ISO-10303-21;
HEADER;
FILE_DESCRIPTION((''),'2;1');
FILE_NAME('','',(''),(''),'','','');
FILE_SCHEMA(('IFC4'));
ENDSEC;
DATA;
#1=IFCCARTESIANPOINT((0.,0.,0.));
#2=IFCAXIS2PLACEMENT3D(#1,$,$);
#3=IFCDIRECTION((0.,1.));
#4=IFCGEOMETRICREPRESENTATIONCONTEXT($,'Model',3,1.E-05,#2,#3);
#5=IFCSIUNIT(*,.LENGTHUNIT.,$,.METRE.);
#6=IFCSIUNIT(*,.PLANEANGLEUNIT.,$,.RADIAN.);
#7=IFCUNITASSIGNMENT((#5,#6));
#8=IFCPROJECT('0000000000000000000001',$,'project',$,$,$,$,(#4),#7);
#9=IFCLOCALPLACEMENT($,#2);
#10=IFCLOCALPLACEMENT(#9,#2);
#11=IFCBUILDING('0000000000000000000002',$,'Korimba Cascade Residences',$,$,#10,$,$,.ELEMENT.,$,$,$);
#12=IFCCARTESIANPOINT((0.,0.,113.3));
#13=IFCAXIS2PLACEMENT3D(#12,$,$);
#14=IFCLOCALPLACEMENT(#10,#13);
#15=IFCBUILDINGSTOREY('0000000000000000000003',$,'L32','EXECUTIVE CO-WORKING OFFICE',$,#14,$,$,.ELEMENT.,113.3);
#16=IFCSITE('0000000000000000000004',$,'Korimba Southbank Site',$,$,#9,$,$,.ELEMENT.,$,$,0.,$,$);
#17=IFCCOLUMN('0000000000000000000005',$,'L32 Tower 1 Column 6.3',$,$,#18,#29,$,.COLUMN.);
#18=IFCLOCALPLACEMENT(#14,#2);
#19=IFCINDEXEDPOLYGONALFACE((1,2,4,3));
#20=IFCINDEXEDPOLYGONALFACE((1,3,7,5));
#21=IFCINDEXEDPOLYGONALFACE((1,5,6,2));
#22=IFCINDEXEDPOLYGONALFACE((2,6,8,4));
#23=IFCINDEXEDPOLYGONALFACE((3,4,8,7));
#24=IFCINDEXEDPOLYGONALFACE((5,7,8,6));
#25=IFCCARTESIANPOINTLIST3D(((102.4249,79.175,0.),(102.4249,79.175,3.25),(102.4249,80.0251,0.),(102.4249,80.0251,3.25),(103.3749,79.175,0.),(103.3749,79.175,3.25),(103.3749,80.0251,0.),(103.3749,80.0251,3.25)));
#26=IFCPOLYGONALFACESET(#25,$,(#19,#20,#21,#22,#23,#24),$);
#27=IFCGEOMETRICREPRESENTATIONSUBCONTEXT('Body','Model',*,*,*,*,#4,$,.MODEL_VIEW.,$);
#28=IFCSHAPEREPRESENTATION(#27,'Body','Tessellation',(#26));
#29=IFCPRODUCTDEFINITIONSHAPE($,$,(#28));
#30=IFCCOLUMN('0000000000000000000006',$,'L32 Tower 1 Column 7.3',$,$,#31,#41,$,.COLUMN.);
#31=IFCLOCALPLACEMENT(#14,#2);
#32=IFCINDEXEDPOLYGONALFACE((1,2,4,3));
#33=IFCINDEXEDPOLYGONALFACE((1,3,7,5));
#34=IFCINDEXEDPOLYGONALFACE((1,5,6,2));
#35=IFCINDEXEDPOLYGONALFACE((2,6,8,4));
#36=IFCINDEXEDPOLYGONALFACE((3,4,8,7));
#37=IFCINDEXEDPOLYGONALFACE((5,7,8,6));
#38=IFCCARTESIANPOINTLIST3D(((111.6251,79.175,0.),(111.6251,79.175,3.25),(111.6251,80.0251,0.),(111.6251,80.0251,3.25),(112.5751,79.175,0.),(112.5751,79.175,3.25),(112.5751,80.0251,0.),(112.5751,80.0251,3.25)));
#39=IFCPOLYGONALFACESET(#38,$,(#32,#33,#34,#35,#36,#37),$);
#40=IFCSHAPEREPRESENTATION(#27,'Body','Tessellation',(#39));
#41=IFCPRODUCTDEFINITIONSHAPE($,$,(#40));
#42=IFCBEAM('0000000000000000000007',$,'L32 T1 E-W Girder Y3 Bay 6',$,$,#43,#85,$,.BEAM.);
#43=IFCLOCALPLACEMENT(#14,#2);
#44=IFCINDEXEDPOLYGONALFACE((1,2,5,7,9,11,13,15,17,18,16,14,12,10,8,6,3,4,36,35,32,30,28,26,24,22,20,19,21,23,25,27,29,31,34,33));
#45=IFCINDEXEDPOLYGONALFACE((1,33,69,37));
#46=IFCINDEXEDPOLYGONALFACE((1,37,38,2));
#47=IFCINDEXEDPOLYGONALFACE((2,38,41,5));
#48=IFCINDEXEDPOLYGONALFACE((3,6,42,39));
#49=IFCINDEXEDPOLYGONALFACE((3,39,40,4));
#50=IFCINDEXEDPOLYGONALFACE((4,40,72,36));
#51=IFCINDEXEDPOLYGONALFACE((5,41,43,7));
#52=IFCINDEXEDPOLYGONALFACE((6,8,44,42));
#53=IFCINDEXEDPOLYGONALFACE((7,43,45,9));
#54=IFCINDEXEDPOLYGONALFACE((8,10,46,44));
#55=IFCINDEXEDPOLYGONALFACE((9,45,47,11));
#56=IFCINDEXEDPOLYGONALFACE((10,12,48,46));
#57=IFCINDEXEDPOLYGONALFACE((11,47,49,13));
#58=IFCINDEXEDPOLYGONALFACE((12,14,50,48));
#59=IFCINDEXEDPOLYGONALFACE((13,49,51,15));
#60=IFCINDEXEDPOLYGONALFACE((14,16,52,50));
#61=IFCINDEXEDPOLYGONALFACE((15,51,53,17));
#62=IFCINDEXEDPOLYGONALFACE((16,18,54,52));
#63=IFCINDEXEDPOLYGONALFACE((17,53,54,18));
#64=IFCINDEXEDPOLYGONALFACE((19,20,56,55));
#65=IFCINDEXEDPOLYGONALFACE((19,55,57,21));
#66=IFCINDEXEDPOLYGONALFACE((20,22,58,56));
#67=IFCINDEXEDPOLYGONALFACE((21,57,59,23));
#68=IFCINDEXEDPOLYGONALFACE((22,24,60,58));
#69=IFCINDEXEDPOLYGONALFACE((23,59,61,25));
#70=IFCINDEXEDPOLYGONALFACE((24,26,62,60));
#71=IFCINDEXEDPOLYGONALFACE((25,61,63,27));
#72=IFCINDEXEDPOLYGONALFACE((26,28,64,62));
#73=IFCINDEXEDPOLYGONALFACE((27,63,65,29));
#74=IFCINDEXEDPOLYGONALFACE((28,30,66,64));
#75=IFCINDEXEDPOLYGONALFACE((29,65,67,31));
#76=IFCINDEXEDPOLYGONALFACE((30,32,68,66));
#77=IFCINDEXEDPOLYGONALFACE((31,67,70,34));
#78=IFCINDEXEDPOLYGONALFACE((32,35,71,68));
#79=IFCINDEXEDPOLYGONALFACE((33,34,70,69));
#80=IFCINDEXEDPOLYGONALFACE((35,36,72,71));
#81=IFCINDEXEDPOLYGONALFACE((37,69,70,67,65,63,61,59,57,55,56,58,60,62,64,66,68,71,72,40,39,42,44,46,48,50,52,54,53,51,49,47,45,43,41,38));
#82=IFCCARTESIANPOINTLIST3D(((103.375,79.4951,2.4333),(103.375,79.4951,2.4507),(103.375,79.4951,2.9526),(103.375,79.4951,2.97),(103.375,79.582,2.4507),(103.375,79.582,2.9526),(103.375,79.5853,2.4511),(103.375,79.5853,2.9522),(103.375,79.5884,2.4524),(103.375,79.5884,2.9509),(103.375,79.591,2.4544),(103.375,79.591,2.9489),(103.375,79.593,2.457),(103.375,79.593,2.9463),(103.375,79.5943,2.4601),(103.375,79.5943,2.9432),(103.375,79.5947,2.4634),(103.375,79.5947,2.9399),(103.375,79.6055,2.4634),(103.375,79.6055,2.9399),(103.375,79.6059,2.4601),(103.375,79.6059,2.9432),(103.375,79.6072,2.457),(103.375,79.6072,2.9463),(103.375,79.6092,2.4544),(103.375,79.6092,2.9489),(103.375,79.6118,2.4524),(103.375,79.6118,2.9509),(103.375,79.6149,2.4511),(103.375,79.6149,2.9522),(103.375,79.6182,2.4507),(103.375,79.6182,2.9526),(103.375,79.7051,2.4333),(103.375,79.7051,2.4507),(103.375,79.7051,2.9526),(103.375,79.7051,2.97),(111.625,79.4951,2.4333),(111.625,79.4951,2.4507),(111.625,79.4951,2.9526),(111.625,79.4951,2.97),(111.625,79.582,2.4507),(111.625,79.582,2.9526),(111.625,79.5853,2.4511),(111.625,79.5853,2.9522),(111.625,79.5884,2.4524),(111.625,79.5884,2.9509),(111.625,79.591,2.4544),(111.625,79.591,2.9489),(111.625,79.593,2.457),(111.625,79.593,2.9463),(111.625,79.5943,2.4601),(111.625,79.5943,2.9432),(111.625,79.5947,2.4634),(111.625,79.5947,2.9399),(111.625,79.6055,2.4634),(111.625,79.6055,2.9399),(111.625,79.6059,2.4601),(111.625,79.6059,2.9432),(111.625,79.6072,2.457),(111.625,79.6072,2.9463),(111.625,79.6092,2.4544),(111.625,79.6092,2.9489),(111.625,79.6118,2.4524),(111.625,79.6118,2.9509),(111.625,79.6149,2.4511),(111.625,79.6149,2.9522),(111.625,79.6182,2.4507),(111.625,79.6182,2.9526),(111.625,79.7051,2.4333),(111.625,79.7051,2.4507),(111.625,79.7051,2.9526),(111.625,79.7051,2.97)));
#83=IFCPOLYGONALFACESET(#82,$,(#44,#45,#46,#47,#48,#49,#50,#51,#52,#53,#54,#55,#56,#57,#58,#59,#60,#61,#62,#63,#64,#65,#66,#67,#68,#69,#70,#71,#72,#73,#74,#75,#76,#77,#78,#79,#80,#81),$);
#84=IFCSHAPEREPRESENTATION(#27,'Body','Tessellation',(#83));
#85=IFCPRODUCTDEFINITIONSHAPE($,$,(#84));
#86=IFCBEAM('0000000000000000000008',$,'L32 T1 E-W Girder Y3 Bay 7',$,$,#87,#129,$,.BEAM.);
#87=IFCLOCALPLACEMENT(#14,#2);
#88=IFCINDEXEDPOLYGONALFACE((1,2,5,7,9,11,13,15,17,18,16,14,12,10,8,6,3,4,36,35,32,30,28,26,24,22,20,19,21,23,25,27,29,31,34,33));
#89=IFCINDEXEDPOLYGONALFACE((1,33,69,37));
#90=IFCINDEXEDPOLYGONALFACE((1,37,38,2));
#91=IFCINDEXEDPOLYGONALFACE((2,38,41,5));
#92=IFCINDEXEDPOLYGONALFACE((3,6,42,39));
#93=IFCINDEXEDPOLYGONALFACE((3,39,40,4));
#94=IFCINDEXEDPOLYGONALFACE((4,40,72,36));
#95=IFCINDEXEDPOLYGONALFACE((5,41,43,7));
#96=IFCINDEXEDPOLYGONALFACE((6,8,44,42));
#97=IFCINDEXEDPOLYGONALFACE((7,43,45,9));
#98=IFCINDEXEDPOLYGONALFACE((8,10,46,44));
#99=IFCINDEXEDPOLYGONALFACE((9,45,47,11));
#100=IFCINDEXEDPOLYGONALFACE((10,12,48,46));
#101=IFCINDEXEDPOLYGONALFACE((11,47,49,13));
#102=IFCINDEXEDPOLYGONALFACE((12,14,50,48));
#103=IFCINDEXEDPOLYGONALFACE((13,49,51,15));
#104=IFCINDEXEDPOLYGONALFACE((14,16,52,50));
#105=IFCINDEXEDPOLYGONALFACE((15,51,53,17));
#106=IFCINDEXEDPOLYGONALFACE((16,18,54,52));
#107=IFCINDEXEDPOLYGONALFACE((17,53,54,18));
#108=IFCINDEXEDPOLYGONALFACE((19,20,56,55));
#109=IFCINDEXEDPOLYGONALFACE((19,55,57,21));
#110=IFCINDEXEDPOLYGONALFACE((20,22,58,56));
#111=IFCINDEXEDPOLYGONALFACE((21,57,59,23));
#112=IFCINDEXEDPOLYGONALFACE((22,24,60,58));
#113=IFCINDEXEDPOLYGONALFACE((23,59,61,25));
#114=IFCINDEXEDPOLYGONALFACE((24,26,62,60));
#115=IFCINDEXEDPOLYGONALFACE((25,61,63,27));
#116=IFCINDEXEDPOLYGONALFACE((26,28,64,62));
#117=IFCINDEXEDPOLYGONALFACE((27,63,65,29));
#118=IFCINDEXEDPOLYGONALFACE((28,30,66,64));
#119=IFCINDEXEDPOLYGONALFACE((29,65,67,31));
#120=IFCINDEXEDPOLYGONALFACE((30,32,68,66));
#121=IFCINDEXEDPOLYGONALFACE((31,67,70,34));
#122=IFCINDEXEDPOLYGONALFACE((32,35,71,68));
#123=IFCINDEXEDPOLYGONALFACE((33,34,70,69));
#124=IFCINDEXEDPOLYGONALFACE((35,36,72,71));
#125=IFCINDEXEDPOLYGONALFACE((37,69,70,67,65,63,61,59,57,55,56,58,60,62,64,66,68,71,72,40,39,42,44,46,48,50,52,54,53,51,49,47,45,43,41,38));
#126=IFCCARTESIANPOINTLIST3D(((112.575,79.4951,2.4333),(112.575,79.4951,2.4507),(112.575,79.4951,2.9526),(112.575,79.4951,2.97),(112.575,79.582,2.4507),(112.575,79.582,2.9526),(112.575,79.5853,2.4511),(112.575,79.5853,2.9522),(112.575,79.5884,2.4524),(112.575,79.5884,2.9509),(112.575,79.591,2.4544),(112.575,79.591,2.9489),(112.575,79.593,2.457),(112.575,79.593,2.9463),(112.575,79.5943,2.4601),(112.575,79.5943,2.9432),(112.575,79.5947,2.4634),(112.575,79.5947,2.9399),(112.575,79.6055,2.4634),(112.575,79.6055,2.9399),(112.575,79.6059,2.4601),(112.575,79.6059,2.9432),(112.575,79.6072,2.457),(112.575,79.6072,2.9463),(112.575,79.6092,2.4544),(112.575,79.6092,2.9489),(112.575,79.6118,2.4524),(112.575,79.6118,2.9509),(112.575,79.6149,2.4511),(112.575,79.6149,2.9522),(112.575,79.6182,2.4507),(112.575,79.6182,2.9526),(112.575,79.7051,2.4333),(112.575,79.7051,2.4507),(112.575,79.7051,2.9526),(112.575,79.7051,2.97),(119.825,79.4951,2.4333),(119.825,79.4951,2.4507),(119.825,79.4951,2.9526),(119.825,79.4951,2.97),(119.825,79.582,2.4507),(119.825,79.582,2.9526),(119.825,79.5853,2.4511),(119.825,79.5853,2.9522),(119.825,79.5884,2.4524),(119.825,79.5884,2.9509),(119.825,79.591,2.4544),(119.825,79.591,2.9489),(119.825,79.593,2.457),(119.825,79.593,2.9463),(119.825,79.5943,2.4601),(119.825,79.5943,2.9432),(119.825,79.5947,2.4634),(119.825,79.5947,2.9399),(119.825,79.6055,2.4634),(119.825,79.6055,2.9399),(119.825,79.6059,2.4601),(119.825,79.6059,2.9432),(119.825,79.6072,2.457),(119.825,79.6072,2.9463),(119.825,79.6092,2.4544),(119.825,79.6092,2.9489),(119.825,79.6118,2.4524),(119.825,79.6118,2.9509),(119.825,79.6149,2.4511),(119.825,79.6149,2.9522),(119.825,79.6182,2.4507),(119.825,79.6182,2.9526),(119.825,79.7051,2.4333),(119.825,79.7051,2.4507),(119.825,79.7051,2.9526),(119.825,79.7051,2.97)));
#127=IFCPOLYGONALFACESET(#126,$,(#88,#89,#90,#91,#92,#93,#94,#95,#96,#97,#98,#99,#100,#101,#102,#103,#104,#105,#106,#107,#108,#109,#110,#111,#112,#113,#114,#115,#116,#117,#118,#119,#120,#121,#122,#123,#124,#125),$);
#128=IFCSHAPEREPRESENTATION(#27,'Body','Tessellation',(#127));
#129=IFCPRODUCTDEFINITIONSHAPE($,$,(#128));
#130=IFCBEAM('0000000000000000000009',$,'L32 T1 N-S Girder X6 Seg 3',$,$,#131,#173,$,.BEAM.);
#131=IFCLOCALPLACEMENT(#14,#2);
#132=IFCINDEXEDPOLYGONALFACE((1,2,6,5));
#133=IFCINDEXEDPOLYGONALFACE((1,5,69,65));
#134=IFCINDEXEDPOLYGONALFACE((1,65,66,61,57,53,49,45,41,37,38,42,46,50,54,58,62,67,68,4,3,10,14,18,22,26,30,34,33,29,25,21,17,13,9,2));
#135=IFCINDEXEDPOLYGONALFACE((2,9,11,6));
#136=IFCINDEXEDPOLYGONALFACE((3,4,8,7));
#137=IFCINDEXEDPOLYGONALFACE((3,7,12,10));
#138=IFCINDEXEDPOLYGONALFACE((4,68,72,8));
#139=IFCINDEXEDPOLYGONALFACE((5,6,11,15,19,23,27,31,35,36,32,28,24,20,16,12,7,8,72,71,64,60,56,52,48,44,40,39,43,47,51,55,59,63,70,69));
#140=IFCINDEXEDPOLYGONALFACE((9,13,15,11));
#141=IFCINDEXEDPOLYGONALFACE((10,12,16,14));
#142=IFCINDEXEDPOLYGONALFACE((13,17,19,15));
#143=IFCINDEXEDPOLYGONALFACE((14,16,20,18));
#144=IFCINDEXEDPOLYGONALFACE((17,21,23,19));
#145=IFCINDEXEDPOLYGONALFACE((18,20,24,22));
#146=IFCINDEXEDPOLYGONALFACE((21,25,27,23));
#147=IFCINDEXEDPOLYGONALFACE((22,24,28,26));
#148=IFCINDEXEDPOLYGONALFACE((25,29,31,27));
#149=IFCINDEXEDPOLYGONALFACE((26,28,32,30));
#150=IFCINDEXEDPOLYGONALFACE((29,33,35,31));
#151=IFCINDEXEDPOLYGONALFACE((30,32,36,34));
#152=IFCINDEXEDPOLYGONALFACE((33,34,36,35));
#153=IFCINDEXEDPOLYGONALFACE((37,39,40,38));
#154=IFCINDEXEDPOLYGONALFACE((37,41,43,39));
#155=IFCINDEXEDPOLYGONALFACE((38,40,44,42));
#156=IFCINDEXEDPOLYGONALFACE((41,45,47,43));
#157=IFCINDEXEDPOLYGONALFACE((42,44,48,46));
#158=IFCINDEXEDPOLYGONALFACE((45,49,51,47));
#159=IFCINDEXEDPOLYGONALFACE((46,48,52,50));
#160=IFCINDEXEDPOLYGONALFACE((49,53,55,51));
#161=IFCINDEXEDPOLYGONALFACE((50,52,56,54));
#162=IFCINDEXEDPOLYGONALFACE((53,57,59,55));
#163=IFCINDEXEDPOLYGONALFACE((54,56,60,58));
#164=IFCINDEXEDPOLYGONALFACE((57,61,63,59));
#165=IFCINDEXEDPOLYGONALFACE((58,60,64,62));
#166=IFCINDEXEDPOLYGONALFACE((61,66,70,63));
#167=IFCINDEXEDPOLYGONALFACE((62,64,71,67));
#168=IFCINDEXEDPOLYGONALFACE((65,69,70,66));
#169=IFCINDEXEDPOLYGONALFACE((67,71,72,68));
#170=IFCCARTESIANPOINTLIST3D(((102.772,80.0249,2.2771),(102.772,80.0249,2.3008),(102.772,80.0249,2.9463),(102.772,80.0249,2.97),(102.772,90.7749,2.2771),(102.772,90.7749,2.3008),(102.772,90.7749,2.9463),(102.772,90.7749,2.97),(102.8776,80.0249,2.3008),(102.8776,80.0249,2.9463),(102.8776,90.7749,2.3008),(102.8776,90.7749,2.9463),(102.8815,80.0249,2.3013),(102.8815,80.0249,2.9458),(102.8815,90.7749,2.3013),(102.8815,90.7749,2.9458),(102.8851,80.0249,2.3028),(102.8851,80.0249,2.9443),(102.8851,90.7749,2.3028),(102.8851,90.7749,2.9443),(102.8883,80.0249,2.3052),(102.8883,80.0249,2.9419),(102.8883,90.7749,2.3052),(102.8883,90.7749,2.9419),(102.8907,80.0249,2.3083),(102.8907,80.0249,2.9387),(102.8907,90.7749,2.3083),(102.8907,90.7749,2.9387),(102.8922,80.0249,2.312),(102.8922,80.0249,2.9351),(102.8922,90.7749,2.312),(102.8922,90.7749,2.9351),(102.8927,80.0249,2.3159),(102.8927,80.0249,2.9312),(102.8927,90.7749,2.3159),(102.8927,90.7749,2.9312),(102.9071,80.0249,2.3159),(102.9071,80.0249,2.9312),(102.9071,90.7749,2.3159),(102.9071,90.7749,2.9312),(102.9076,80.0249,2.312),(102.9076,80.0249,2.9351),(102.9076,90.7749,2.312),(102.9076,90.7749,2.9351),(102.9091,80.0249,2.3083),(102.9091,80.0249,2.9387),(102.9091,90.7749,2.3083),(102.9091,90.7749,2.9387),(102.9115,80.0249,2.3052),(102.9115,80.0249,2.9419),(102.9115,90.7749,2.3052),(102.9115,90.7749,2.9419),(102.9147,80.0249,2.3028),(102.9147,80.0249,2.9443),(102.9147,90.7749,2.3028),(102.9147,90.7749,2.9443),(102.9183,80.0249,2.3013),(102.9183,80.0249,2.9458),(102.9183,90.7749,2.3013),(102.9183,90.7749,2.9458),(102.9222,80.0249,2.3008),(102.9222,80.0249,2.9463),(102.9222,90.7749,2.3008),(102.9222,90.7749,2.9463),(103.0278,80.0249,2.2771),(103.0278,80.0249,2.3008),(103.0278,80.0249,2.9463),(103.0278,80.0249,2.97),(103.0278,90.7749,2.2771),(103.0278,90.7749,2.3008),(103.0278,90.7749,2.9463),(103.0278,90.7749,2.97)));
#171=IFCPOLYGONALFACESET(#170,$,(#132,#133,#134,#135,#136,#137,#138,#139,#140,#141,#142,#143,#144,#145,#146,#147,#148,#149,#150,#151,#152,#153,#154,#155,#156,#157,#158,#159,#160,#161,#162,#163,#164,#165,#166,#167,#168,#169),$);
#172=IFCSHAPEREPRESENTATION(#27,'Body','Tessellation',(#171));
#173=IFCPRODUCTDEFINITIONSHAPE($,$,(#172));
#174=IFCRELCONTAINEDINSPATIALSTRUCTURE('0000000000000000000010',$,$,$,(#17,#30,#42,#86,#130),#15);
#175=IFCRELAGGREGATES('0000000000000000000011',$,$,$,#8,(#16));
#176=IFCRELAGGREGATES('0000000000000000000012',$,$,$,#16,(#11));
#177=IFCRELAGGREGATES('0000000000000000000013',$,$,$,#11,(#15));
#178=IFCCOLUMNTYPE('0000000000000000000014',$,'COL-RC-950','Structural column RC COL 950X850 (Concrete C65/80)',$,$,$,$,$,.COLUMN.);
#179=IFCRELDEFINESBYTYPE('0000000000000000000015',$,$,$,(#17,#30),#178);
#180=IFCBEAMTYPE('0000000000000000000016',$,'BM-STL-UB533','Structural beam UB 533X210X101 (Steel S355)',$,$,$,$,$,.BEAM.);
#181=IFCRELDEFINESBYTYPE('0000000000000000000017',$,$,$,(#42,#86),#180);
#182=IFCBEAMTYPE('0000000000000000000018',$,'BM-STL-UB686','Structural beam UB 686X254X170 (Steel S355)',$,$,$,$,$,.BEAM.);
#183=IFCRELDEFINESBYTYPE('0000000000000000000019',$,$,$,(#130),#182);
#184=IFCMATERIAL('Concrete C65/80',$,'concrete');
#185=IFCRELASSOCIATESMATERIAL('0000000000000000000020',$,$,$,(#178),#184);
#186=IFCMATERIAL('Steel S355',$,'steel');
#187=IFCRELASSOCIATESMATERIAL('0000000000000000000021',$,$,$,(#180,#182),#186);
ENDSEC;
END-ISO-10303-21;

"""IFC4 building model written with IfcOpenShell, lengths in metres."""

from ifc_helpers import new_model, si_unit, direction, frame, origin, origin_2d, place, context, subcontext, project, spatial, rectangle, i_section, extrude, material, material_profile, profile_set, type_object, element, save


model = new_model("IFC4")

# Units and contexts
model_context = context("Model", 3, precision=1e-05, world=origin(), true_north=direction((0.0, 1.0)))
body_context = subcontext(model_context, "Body", "Model", "MODEL_VIEW")
ifc_project = project(units=[si_unit("LENGTHUNIT", "METRE"), si_unit("PLANEANGLEUNIT", "RADIAN")], contexts=[model_context])

# Site, building, storey
site_placement = place(None, origin())
site = spatial("IfcSite", under=ifc_project, at=site_placement, Name="Korimba Southbank Site", CompositionType="ELEMENT", RefElevation=0.0)
building_placement = place(site_placement, origin())
building = spatial("IfcBuilding", under=site, at=building_placement, Name="Korimba Cascade Residences", CompositionType="ELEMENT")
storey_placement = place(building_placement, frame((0.0, 0.0, 113.3)))
storey = spatial("IfcBuildingStorey", under=building, at=storey_placement, Name="L32", Description="EXECUTIVE CO-WORKING OFFICE", CompositionType="ELEMENT", Elevation=113.3)

# Columns
ifc_material_1 = material(Name="Concrete C65/80", Category="concrete")
ifc_material_profile_1 = material_profile(ifc_material_1, rectangle(XDim=0.95, YDim=0.8501, at=origin_2d()), Name="Concrete C65/80")
ifc_profile_set_1 = profile_set([ifc_material_profile_1], Name="Concrete C65/80")
column_type = type_object("IfcColumnType", Name="COL-RC-950", Description="Structural column RC COL 950X850 (Concrete C65/80)", PredefinedType="COLUMN", material=ifc_profile_set_1)
for number, where, z_axis, x_axis, name in (
    (1, (102.8999, 79.6001, 0.0), (0.0, 0.0, 1.0), (1.0, 0.0, 0.0), "L32 Tower 1 Column 6.3"),
    (2, (112.1001, 79.6001, 0.0), (0.0, 0.0, 1.0), (1.0, 0.0, 0.0), "L32 Tower 1 Column 7.3"),
):
    element("IfcColumn", number, at=place(storey_placement, frame(where, z_axis=z_axis, x_axis=x_axis)), inside=storey, type_object=column_type, Name=name, PredefinedType="COLUMN", context=body_context, shape_type="SweptSolid", body=[
        extrude(rectangle(XDim=0.95, YDim=0.8501, at=origin_2d()), origin(), (0.0, 0.0, 1.0), 3.25),
    ])

# Beams
ifc_material_2 = material(Name="Steel S355", Category="steel")
ifc_material_profile_2 = material_profile(ifc_material_2, i_section(OverallWidth=0.21, OverallDepth=0.5366, WebThickness=0.0107, FlangeThickness=0.0173, FilletRadius=0.0127, at=origin_2d()), Name="Steel S355")
ifc_profile_set_2 = profile_set([ifc_material_profile_2], Name="Steel S355")
beam_type_1 = type_object("IfcBeamType", Name="BM-STL-UB533", Description="Structural beam UB 533X210X101 (Steel S355)", PredefinedType="BEAM", material=ifc_profile_set_2)
beam_1_placement = place(storey_placement, frame((103.375, 79.6001, 2.7017), z_axis=(1.0, 0.0, 0.0), x_axis=(0.0, 1.0, 0.0)))
element("IfcBeam", 3, at=beam_1_placement, inside=storey, type_object=beam_type_1, Name="L32 T1 E-W Girder Y3 Bay 6", PredefinedType="BEAM", context=body_context, shape_type="SweptSolid", body=[
    extrude(i_section(OverallWidth=0.21, OverallDepth=0.5366, WebThickness=0.0107, FlangeThickness=0.0173, FilletRadius=0.0127, at=origin_2d()), origin(), (0.0, 0.0, 1.0), 8.25),
])
beam_2_placement = place(storey_placement, frame((112.575, 79.6001, 2.7017), z_axis=(1.0, 0.0, 0.0), x_axis=(0.0, 1.0, 0.0)))
element("IfcBeam", 4, at=beam_2_placement, inside=storey, type_object=beam_type_1, Name="L32 T1 E-W Girder Y3 Bay 7", PredefinedType="BEAM", context=body_context, shape_type="SweptSolid", body=[
    extrude(i_section(OverallWidth=0.21, OverallDepth=0.5366, WebThickness=0.0107, FlangeThickness=0.0173, FilletRadius=0.0127, at=origin_2d()), origin(), (0.0, 0.0, 1.0), 7.25),
])
ifc_material_profile_3 = material_profile(ifc_material_2, i_section(OverallWidth=0.2559, OverallDepth=0.6929, WebThickness=0.0144, FlangeThickness=0.0237, FilletRadius=0.0151, at=origin_2d()), Name="Steel S355")
ifc_profile_set_3 = profile_set([ifc_material_profile_3], Name="Steel S355")
beam_type_2 = type_object("IfcBeamType", Name="BM-STL-UB686", Description="Structural beam UB 686X254X170 (Steel S355)", PredefinedType="BEAM", material=ifc_profile_set_3)
beam_3_placement = place(storey_placement, frame((102.8999, 80.0249, 2.6235), z_axis=(0.0, 1.0, 0.0), x_axis=(-1.0, 0.0, 0.0)))
element("IfcBeam", 5, at=beam_3_placement, inside=storey, type_object=beam_type_2, Name="L32 T1 N-S Girder X6 Seg 3", PredefinedType="BEAM", context=body_context, shape_type="SweptSolid", body=[
    extrude(i_section(OverallWidth=0.2559, OverallDepth=0.6929, WebThickness=0.0144, FlangeThickness=0.0237, FilletRadius=0.0151, at=origin_2d()), origin(), (0.0, 0.0, 1.0), 10.75),
])

save(model, "model.ifc")
